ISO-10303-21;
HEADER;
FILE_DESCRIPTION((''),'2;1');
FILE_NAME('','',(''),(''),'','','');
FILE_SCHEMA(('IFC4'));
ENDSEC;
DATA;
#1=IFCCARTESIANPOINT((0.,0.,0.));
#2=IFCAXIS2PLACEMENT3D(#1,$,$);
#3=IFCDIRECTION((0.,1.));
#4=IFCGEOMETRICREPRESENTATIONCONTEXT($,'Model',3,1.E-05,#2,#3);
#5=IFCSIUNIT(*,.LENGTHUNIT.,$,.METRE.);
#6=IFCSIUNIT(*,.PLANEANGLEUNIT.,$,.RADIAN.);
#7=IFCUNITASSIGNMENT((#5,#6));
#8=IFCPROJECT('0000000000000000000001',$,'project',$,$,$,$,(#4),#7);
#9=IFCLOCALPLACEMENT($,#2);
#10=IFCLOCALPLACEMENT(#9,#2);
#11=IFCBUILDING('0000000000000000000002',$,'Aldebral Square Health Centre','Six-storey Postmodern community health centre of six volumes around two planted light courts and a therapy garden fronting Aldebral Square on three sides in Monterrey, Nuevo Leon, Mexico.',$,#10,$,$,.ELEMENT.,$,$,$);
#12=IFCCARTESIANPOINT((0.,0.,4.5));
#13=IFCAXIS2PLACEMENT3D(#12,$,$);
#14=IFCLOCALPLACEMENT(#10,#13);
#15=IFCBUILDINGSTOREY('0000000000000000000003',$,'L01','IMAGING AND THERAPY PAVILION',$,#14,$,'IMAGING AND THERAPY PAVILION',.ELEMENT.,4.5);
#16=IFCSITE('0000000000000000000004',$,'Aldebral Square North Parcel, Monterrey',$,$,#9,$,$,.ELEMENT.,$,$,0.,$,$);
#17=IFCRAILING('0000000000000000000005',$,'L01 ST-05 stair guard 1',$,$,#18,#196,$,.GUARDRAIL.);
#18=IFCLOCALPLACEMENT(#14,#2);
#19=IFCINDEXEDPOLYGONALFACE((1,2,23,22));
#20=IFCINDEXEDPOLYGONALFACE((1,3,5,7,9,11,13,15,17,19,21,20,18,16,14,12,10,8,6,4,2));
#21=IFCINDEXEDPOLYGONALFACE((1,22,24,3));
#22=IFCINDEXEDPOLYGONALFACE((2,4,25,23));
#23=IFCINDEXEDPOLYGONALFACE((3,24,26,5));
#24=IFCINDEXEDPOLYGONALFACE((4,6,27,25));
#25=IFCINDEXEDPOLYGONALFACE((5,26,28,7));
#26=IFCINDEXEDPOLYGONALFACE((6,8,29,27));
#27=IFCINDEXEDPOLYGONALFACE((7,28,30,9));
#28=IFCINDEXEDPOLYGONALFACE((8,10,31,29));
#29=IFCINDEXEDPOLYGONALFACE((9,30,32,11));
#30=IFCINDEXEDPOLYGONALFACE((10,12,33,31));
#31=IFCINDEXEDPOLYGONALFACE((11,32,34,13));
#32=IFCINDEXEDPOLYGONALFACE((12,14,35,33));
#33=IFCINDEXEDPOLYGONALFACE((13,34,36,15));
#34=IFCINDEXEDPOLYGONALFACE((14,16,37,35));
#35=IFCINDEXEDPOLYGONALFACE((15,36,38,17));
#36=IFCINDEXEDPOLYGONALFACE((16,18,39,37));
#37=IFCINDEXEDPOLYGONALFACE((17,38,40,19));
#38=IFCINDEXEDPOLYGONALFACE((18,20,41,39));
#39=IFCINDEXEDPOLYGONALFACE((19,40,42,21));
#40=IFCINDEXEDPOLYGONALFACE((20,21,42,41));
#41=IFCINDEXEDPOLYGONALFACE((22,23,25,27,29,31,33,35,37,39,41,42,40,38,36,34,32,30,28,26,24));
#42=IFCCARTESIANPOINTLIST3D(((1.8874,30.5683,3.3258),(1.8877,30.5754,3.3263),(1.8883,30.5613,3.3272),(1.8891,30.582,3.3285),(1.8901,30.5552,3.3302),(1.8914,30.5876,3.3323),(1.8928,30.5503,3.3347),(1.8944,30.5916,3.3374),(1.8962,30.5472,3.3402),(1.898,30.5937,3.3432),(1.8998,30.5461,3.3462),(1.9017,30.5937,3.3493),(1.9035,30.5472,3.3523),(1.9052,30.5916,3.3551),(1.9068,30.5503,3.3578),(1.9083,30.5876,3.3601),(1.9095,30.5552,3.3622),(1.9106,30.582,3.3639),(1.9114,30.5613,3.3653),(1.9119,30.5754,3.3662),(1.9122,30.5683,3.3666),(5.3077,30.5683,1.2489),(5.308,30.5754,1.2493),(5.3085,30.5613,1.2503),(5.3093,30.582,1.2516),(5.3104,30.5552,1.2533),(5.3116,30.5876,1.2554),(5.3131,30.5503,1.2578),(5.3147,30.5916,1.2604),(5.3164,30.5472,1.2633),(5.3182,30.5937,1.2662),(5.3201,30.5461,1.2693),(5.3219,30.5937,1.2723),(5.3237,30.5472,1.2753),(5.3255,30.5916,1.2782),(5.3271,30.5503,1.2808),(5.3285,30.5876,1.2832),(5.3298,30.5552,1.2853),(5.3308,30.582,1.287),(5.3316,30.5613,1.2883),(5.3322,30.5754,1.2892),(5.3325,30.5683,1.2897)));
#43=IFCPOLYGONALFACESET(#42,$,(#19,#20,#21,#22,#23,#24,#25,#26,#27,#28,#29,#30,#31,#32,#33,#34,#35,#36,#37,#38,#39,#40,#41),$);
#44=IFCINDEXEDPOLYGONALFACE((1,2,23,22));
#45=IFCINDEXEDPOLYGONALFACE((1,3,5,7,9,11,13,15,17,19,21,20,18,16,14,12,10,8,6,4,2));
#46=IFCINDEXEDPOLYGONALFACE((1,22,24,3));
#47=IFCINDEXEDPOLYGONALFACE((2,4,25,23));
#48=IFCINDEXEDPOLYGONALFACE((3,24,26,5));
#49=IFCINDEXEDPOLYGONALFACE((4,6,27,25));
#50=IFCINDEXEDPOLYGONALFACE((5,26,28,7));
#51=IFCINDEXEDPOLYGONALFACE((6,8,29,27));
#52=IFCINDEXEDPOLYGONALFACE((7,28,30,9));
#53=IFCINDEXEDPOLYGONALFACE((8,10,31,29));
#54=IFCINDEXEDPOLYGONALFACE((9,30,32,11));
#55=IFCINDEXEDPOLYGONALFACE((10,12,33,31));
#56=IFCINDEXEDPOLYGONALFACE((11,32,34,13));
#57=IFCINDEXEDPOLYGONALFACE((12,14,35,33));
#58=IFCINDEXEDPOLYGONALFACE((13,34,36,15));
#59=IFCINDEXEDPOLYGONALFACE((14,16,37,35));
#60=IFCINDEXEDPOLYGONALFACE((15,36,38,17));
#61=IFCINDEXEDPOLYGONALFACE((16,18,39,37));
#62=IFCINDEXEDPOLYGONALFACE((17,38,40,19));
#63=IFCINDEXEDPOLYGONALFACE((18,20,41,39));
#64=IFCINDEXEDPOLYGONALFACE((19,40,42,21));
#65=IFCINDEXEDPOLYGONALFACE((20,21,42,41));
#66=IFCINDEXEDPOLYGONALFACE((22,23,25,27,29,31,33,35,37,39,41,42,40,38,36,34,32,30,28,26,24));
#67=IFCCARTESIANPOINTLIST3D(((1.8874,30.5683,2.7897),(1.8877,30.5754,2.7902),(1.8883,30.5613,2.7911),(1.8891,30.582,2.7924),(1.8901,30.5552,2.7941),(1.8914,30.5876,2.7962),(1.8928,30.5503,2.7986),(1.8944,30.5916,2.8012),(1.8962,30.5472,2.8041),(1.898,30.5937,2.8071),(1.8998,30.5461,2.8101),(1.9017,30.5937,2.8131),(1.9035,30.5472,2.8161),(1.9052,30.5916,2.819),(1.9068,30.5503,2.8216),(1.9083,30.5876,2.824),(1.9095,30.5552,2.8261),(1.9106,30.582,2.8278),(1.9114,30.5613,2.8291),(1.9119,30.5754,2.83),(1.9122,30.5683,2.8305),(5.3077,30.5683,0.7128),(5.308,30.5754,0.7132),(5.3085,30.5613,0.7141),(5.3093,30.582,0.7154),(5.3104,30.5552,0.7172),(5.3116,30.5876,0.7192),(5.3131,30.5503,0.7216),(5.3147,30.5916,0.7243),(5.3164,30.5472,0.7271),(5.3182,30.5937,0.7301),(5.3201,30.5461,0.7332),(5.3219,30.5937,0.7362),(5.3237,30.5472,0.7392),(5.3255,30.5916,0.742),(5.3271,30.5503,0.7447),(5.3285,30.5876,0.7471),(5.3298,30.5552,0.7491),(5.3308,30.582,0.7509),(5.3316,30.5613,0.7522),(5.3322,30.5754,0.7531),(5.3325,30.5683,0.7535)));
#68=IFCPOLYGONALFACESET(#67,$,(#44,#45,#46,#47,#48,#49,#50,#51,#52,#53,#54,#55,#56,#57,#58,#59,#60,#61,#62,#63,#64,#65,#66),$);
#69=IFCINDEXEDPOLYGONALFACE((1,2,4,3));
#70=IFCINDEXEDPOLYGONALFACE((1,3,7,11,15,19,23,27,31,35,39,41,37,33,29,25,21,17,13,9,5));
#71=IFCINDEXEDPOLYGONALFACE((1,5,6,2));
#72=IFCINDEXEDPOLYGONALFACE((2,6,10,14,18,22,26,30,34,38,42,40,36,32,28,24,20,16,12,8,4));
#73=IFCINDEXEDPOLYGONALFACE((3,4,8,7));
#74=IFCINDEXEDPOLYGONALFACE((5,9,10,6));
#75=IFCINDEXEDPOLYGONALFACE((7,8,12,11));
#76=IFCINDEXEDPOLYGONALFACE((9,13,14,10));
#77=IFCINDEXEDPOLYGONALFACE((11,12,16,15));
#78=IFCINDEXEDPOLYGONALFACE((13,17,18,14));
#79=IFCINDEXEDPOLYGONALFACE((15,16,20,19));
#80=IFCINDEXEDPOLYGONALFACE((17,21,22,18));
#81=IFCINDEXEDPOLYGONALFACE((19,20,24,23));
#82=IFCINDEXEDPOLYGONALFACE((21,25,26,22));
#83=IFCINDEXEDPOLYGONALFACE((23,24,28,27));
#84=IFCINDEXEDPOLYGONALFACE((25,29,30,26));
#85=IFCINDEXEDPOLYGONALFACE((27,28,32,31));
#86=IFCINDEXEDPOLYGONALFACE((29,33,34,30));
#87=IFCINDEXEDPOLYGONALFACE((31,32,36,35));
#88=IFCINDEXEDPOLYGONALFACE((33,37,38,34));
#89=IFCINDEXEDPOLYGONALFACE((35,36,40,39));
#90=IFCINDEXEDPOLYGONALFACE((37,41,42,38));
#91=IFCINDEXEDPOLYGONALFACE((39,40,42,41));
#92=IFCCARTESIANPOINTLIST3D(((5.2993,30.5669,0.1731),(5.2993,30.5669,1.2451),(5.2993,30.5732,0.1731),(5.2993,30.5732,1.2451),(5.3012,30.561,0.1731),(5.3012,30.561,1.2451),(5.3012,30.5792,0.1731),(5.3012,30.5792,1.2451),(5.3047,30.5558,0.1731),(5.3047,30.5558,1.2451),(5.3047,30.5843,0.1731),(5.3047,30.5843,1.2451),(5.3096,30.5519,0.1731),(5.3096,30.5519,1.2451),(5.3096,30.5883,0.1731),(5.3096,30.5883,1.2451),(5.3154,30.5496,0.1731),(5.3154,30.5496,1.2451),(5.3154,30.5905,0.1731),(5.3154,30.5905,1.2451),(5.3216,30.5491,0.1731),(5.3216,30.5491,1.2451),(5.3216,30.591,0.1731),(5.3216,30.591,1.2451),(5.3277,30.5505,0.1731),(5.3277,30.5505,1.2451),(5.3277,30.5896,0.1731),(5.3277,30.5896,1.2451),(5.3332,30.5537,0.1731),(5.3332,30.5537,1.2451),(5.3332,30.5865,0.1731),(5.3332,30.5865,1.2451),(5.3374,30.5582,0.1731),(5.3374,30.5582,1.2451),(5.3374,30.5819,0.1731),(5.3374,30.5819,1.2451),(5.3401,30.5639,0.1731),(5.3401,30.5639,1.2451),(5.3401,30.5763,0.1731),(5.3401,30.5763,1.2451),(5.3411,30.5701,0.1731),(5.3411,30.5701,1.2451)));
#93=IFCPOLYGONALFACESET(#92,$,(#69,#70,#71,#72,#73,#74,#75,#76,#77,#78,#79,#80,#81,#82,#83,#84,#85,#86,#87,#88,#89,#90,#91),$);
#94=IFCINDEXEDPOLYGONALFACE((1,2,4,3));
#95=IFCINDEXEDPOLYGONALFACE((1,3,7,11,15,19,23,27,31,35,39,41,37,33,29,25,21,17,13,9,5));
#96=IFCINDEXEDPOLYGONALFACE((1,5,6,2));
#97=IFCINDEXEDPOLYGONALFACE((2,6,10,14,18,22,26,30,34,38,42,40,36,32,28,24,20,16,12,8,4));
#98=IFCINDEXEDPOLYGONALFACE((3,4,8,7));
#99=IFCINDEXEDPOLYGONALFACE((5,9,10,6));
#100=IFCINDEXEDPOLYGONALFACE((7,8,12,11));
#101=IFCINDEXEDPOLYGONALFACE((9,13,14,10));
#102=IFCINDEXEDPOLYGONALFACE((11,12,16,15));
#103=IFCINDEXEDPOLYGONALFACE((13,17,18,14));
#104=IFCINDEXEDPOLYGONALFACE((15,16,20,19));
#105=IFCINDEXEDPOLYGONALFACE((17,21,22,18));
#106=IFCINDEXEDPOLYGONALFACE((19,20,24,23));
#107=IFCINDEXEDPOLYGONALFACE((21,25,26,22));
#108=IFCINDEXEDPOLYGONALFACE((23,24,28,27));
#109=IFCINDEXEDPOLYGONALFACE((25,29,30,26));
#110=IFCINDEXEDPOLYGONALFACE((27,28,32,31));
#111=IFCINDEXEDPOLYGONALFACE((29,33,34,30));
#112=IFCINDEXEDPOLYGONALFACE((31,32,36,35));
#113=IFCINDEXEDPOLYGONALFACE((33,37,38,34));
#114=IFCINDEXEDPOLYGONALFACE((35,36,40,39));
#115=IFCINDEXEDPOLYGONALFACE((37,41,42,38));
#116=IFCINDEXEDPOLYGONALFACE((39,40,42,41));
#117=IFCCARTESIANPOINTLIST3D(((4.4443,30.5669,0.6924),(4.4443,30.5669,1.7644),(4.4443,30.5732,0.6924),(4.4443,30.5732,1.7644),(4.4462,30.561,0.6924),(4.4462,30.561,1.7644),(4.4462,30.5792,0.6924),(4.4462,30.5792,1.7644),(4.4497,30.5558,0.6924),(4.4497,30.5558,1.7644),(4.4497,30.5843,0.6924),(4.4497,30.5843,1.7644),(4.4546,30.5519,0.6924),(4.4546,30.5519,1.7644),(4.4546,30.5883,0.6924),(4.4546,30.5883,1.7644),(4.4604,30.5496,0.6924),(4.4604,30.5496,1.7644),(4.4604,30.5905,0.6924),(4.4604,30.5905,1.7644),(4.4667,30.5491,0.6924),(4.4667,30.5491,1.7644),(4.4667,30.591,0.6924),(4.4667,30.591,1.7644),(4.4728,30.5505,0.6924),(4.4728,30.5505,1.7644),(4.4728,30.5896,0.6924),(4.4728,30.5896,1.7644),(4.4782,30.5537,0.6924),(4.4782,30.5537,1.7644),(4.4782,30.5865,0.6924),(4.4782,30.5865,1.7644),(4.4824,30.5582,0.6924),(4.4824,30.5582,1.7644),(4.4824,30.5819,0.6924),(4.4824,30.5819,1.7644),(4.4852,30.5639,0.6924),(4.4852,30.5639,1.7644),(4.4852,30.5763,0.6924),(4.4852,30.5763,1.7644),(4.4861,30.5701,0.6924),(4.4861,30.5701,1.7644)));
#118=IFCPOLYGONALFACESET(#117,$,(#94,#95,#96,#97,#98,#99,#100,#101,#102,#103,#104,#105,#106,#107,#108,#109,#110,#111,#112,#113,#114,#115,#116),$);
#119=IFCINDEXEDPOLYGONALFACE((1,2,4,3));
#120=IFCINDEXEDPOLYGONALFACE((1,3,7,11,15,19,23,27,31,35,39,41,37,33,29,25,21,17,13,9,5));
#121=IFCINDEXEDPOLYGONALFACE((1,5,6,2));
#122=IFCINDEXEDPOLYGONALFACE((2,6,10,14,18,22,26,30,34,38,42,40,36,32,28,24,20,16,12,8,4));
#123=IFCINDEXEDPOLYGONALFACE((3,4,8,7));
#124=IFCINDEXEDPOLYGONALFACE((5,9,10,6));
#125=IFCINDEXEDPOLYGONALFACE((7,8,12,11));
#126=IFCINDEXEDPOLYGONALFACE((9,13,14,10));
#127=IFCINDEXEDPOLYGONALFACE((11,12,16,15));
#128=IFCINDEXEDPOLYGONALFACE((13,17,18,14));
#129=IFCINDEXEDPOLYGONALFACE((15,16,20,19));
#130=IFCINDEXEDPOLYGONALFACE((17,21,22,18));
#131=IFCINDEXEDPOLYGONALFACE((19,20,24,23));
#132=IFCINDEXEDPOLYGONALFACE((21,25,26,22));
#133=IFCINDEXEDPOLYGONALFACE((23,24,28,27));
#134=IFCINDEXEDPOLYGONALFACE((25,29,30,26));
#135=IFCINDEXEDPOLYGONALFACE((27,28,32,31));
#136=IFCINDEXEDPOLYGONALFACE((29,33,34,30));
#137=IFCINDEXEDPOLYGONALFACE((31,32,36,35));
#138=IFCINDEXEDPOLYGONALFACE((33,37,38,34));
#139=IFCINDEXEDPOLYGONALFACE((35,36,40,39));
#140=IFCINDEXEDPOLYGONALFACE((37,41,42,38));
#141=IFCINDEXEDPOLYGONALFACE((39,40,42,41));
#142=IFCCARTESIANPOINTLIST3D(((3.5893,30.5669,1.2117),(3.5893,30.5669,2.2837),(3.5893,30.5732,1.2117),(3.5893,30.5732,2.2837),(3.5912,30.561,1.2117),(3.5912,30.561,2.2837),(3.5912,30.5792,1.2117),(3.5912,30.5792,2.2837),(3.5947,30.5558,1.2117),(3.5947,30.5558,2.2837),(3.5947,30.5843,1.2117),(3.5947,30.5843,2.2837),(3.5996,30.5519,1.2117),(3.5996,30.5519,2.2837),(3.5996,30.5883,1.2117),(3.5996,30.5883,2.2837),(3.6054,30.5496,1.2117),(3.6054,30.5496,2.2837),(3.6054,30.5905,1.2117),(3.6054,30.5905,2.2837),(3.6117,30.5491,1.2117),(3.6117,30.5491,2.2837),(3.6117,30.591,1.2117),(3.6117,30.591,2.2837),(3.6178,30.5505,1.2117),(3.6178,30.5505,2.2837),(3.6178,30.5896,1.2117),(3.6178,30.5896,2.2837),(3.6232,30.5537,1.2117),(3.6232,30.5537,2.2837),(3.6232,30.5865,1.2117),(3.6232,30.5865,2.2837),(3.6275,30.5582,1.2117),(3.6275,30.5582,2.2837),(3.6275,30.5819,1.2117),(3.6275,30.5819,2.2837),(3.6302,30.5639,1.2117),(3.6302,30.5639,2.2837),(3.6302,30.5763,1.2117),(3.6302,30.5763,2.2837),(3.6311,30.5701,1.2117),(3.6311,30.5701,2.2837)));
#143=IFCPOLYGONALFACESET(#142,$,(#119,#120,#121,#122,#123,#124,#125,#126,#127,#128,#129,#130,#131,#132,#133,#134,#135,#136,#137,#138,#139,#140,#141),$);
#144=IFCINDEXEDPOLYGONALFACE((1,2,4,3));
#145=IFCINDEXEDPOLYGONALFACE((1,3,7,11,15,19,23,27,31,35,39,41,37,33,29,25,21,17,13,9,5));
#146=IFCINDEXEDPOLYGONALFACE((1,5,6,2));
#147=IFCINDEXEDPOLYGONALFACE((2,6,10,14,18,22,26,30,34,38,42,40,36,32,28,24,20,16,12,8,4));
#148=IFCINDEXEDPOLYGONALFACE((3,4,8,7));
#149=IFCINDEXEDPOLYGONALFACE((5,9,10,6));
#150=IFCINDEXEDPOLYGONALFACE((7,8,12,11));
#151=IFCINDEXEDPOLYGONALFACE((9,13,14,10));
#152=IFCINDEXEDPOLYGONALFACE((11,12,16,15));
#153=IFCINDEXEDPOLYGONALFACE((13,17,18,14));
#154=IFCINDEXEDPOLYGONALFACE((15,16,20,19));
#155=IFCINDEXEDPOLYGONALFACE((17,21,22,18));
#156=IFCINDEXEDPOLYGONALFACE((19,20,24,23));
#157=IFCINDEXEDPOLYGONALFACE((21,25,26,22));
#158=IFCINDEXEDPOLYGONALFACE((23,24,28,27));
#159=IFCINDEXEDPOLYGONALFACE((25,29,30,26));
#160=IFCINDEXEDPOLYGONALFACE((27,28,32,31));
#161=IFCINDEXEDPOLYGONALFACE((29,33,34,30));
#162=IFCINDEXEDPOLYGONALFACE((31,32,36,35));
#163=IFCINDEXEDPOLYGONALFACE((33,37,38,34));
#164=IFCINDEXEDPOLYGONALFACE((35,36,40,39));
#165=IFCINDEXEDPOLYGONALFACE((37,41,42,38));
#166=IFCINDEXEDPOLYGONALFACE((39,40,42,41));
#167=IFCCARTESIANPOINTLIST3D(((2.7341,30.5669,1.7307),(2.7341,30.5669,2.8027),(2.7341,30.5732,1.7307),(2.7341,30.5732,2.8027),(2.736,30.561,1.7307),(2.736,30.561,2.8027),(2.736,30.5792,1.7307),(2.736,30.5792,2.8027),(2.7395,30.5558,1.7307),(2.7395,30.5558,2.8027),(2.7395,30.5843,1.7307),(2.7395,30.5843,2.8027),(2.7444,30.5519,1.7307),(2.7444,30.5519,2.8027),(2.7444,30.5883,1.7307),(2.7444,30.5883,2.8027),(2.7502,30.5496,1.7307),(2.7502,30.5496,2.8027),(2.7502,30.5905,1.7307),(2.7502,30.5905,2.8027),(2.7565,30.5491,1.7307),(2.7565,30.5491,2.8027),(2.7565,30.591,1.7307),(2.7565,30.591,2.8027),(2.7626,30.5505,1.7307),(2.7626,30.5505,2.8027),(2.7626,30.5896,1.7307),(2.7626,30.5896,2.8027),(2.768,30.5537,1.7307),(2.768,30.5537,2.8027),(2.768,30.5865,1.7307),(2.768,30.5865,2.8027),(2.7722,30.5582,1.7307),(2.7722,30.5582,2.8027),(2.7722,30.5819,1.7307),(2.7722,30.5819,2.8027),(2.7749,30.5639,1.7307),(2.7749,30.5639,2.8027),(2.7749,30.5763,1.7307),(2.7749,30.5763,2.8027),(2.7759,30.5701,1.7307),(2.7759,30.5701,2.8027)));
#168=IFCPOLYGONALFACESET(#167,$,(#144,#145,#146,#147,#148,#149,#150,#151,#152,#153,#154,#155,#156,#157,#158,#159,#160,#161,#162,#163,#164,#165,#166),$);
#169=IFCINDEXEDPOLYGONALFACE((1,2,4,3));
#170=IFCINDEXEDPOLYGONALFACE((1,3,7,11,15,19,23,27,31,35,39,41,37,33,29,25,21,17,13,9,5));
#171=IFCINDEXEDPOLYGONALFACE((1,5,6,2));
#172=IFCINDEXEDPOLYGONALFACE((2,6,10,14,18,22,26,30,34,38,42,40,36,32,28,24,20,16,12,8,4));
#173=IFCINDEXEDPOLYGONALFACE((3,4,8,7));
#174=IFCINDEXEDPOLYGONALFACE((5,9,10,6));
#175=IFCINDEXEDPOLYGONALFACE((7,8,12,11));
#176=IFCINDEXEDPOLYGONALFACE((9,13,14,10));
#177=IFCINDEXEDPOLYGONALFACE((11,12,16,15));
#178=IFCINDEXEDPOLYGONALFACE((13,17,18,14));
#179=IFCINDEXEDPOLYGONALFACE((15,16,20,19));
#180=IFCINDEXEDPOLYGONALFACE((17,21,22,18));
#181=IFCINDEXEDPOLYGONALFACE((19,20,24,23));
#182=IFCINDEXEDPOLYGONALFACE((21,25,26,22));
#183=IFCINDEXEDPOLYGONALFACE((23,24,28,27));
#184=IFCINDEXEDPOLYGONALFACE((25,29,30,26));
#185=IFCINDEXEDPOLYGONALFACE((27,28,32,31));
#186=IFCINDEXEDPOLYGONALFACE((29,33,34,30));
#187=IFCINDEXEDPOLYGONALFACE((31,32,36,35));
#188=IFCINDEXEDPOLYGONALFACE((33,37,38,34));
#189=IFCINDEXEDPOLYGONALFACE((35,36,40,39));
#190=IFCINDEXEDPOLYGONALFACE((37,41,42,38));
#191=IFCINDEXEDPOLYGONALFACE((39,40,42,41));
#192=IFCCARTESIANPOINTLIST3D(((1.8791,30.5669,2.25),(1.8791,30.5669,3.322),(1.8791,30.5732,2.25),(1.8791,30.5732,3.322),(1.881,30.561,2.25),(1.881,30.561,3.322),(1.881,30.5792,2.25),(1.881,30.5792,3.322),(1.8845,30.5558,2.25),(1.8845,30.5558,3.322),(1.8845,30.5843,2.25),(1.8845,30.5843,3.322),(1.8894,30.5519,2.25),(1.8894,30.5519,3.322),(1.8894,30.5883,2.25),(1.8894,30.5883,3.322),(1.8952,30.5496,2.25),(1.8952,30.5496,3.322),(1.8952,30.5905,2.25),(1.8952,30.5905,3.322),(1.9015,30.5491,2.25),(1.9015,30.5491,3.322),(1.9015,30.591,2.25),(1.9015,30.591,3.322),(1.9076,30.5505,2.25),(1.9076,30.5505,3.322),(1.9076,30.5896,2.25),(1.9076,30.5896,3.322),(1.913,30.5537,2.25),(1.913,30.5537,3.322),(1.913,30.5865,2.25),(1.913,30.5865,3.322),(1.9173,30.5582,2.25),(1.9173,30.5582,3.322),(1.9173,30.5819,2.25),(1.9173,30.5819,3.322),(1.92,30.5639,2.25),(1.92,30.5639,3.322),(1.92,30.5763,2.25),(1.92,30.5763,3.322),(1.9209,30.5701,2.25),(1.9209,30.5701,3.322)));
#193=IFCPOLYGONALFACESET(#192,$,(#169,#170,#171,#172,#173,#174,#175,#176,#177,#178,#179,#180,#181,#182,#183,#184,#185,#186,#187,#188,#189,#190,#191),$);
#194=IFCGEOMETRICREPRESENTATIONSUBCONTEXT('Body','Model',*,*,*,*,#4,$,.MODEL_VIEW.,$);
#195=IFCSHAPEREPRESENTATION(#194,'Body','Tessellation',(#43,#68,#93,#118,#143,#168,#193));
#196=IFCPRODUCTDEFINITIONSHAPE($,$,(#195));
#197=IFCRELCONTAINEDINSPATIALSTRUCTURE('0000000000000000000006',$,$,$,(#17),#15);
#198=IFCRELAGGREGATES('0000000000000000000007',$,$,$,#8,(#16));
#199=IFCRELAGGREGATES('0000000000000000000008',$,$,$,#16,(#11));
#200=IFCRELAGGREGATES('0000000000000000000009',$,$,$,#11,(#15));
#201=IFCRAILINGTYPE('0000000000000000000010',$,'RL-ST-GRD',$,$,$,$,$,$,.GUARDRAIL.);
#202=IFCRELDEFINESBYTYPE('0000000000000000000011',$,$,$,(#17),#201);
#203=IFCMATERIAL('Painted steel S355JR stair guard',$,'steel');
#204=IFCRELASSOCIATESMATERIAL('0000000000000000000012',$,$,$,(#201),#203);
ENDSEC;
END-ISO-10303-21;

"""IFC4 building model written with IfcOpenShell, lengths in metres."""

from ifc_helpers import new_model, si_unit, direction, frame, origin, origin_2d, place, context, subcontext, project, spatial, circle, extrude, material, type_object, element, save


model = new_model("IFC4")

# Units and contexts
model_context = context("Model", 3, precision=1e-05, world=origin(), true_north=direction((0.0, 1.0)))
body_context = subcontext(model_context, "Body", "Model", "MODEL_VIEW")
ifc_project = project(units=[si_unit("LENGTHUNIT", "METRE"), si_unit("PLANEANGLEUNIT", "RADIAN")], contexts=[model_context])

# Site, building, storey
site_placement = place(None, origin())
site = spatial("IfcSite", under=ifc_project, at=site_placement, Name="Aldebral Square North Parcel, Monterrey", CompositionType="ELEMENT", RefElevation=0.0)
building_placement = place(site_placement, origin())
building = spatial("IfcBuilding", under=site, at=building_placement, Name="Aldebral Square Health Centre", Description="Six-storey Postmodern community health centre of six volumes around two planted light courts and a therapy garden fronting Aldebral Square on three sides in Monterrey, Nuevo Leon, Mexico.", CompositionType="ELEMENT")
storey_placement = place(building_placement, frame((0.0, 0.0, 4.5)))
storey = spatial("IfcBuildingStorey", under=building, at=storey_placement, Name="L01", Description="IMAGING AND THERAPY PAVILION", LongName="IMAGING AND THERAPY PAVILION", CompositionType="ELEMENT", Elevation=4.5)

# Railing
ifc_material_1 = material(Name="Painted steel S355JR stair guard", Category="steel")
railing_type_1 = type_object("IfcRailingType", Name="RL-ST-GRD", PredefinedType="GUARDRAIL", material=ifc_material_1)
railing_1_placement = place(storey_placement, frame((5.3201, 30.5701, 0.1731)))
element("IfcRailing", 1, at=railing_1_placement, inside=storey, type_object=railing_type_1, Name="L01 ST-05 stair guard 1", PredefinedType="GUARDRAIL", context=body_context, shape_type="SweptSolid", body=[
    extrude(circle(Radius=0.0239, at=origin_2d()), frame((0.0, 0.0, 1.0962), z_axis=(-0.854746, 0.0, 0.519047), x_axis=(0.0, -1.0, 0.0)), (0.0, 0.0, 1.0), 4.0015),
    extrude(circle(Radius=0.0239, at=origin_2d()), frame((0.0, 0.0, 0.5601), z_axis=(-0.854746, 0.0, 0.519047), x_axis=(0.0, -1.0, 0.0)), (0.0, 0.0, 1.0), 4.0015),
    extrude(circle(Radius=0.021, at=origin_2d()), origin(), (0.0, 0.0, 1.0), 1.072),
    extrude(circle(Radius=0.021, at=origin_2d()), frame((-0.855, 0.0, 0.5193)), (0.0, 0.0, 1.0), 1.072),
    extrude(circle(Radius=0.021, at=origin_2d()), frame((-1.71, 0.0, 1.0386)), (0.0, 0.0, 1.0), 1.072),
    extrude(circle(Radius=0.021, at=origin_2d()), frame((-2.5652, 0.0, 1.5576)), (0.0, 0.0, 1.0), 1.072),
    extrude(circle(Radius=0.021, at=origin_2d()), frame((-3.4202, 0.0, 2.0769)), (0.0, 0.0, 1.0), 1.072),
])

save(model, "model.ifc")
